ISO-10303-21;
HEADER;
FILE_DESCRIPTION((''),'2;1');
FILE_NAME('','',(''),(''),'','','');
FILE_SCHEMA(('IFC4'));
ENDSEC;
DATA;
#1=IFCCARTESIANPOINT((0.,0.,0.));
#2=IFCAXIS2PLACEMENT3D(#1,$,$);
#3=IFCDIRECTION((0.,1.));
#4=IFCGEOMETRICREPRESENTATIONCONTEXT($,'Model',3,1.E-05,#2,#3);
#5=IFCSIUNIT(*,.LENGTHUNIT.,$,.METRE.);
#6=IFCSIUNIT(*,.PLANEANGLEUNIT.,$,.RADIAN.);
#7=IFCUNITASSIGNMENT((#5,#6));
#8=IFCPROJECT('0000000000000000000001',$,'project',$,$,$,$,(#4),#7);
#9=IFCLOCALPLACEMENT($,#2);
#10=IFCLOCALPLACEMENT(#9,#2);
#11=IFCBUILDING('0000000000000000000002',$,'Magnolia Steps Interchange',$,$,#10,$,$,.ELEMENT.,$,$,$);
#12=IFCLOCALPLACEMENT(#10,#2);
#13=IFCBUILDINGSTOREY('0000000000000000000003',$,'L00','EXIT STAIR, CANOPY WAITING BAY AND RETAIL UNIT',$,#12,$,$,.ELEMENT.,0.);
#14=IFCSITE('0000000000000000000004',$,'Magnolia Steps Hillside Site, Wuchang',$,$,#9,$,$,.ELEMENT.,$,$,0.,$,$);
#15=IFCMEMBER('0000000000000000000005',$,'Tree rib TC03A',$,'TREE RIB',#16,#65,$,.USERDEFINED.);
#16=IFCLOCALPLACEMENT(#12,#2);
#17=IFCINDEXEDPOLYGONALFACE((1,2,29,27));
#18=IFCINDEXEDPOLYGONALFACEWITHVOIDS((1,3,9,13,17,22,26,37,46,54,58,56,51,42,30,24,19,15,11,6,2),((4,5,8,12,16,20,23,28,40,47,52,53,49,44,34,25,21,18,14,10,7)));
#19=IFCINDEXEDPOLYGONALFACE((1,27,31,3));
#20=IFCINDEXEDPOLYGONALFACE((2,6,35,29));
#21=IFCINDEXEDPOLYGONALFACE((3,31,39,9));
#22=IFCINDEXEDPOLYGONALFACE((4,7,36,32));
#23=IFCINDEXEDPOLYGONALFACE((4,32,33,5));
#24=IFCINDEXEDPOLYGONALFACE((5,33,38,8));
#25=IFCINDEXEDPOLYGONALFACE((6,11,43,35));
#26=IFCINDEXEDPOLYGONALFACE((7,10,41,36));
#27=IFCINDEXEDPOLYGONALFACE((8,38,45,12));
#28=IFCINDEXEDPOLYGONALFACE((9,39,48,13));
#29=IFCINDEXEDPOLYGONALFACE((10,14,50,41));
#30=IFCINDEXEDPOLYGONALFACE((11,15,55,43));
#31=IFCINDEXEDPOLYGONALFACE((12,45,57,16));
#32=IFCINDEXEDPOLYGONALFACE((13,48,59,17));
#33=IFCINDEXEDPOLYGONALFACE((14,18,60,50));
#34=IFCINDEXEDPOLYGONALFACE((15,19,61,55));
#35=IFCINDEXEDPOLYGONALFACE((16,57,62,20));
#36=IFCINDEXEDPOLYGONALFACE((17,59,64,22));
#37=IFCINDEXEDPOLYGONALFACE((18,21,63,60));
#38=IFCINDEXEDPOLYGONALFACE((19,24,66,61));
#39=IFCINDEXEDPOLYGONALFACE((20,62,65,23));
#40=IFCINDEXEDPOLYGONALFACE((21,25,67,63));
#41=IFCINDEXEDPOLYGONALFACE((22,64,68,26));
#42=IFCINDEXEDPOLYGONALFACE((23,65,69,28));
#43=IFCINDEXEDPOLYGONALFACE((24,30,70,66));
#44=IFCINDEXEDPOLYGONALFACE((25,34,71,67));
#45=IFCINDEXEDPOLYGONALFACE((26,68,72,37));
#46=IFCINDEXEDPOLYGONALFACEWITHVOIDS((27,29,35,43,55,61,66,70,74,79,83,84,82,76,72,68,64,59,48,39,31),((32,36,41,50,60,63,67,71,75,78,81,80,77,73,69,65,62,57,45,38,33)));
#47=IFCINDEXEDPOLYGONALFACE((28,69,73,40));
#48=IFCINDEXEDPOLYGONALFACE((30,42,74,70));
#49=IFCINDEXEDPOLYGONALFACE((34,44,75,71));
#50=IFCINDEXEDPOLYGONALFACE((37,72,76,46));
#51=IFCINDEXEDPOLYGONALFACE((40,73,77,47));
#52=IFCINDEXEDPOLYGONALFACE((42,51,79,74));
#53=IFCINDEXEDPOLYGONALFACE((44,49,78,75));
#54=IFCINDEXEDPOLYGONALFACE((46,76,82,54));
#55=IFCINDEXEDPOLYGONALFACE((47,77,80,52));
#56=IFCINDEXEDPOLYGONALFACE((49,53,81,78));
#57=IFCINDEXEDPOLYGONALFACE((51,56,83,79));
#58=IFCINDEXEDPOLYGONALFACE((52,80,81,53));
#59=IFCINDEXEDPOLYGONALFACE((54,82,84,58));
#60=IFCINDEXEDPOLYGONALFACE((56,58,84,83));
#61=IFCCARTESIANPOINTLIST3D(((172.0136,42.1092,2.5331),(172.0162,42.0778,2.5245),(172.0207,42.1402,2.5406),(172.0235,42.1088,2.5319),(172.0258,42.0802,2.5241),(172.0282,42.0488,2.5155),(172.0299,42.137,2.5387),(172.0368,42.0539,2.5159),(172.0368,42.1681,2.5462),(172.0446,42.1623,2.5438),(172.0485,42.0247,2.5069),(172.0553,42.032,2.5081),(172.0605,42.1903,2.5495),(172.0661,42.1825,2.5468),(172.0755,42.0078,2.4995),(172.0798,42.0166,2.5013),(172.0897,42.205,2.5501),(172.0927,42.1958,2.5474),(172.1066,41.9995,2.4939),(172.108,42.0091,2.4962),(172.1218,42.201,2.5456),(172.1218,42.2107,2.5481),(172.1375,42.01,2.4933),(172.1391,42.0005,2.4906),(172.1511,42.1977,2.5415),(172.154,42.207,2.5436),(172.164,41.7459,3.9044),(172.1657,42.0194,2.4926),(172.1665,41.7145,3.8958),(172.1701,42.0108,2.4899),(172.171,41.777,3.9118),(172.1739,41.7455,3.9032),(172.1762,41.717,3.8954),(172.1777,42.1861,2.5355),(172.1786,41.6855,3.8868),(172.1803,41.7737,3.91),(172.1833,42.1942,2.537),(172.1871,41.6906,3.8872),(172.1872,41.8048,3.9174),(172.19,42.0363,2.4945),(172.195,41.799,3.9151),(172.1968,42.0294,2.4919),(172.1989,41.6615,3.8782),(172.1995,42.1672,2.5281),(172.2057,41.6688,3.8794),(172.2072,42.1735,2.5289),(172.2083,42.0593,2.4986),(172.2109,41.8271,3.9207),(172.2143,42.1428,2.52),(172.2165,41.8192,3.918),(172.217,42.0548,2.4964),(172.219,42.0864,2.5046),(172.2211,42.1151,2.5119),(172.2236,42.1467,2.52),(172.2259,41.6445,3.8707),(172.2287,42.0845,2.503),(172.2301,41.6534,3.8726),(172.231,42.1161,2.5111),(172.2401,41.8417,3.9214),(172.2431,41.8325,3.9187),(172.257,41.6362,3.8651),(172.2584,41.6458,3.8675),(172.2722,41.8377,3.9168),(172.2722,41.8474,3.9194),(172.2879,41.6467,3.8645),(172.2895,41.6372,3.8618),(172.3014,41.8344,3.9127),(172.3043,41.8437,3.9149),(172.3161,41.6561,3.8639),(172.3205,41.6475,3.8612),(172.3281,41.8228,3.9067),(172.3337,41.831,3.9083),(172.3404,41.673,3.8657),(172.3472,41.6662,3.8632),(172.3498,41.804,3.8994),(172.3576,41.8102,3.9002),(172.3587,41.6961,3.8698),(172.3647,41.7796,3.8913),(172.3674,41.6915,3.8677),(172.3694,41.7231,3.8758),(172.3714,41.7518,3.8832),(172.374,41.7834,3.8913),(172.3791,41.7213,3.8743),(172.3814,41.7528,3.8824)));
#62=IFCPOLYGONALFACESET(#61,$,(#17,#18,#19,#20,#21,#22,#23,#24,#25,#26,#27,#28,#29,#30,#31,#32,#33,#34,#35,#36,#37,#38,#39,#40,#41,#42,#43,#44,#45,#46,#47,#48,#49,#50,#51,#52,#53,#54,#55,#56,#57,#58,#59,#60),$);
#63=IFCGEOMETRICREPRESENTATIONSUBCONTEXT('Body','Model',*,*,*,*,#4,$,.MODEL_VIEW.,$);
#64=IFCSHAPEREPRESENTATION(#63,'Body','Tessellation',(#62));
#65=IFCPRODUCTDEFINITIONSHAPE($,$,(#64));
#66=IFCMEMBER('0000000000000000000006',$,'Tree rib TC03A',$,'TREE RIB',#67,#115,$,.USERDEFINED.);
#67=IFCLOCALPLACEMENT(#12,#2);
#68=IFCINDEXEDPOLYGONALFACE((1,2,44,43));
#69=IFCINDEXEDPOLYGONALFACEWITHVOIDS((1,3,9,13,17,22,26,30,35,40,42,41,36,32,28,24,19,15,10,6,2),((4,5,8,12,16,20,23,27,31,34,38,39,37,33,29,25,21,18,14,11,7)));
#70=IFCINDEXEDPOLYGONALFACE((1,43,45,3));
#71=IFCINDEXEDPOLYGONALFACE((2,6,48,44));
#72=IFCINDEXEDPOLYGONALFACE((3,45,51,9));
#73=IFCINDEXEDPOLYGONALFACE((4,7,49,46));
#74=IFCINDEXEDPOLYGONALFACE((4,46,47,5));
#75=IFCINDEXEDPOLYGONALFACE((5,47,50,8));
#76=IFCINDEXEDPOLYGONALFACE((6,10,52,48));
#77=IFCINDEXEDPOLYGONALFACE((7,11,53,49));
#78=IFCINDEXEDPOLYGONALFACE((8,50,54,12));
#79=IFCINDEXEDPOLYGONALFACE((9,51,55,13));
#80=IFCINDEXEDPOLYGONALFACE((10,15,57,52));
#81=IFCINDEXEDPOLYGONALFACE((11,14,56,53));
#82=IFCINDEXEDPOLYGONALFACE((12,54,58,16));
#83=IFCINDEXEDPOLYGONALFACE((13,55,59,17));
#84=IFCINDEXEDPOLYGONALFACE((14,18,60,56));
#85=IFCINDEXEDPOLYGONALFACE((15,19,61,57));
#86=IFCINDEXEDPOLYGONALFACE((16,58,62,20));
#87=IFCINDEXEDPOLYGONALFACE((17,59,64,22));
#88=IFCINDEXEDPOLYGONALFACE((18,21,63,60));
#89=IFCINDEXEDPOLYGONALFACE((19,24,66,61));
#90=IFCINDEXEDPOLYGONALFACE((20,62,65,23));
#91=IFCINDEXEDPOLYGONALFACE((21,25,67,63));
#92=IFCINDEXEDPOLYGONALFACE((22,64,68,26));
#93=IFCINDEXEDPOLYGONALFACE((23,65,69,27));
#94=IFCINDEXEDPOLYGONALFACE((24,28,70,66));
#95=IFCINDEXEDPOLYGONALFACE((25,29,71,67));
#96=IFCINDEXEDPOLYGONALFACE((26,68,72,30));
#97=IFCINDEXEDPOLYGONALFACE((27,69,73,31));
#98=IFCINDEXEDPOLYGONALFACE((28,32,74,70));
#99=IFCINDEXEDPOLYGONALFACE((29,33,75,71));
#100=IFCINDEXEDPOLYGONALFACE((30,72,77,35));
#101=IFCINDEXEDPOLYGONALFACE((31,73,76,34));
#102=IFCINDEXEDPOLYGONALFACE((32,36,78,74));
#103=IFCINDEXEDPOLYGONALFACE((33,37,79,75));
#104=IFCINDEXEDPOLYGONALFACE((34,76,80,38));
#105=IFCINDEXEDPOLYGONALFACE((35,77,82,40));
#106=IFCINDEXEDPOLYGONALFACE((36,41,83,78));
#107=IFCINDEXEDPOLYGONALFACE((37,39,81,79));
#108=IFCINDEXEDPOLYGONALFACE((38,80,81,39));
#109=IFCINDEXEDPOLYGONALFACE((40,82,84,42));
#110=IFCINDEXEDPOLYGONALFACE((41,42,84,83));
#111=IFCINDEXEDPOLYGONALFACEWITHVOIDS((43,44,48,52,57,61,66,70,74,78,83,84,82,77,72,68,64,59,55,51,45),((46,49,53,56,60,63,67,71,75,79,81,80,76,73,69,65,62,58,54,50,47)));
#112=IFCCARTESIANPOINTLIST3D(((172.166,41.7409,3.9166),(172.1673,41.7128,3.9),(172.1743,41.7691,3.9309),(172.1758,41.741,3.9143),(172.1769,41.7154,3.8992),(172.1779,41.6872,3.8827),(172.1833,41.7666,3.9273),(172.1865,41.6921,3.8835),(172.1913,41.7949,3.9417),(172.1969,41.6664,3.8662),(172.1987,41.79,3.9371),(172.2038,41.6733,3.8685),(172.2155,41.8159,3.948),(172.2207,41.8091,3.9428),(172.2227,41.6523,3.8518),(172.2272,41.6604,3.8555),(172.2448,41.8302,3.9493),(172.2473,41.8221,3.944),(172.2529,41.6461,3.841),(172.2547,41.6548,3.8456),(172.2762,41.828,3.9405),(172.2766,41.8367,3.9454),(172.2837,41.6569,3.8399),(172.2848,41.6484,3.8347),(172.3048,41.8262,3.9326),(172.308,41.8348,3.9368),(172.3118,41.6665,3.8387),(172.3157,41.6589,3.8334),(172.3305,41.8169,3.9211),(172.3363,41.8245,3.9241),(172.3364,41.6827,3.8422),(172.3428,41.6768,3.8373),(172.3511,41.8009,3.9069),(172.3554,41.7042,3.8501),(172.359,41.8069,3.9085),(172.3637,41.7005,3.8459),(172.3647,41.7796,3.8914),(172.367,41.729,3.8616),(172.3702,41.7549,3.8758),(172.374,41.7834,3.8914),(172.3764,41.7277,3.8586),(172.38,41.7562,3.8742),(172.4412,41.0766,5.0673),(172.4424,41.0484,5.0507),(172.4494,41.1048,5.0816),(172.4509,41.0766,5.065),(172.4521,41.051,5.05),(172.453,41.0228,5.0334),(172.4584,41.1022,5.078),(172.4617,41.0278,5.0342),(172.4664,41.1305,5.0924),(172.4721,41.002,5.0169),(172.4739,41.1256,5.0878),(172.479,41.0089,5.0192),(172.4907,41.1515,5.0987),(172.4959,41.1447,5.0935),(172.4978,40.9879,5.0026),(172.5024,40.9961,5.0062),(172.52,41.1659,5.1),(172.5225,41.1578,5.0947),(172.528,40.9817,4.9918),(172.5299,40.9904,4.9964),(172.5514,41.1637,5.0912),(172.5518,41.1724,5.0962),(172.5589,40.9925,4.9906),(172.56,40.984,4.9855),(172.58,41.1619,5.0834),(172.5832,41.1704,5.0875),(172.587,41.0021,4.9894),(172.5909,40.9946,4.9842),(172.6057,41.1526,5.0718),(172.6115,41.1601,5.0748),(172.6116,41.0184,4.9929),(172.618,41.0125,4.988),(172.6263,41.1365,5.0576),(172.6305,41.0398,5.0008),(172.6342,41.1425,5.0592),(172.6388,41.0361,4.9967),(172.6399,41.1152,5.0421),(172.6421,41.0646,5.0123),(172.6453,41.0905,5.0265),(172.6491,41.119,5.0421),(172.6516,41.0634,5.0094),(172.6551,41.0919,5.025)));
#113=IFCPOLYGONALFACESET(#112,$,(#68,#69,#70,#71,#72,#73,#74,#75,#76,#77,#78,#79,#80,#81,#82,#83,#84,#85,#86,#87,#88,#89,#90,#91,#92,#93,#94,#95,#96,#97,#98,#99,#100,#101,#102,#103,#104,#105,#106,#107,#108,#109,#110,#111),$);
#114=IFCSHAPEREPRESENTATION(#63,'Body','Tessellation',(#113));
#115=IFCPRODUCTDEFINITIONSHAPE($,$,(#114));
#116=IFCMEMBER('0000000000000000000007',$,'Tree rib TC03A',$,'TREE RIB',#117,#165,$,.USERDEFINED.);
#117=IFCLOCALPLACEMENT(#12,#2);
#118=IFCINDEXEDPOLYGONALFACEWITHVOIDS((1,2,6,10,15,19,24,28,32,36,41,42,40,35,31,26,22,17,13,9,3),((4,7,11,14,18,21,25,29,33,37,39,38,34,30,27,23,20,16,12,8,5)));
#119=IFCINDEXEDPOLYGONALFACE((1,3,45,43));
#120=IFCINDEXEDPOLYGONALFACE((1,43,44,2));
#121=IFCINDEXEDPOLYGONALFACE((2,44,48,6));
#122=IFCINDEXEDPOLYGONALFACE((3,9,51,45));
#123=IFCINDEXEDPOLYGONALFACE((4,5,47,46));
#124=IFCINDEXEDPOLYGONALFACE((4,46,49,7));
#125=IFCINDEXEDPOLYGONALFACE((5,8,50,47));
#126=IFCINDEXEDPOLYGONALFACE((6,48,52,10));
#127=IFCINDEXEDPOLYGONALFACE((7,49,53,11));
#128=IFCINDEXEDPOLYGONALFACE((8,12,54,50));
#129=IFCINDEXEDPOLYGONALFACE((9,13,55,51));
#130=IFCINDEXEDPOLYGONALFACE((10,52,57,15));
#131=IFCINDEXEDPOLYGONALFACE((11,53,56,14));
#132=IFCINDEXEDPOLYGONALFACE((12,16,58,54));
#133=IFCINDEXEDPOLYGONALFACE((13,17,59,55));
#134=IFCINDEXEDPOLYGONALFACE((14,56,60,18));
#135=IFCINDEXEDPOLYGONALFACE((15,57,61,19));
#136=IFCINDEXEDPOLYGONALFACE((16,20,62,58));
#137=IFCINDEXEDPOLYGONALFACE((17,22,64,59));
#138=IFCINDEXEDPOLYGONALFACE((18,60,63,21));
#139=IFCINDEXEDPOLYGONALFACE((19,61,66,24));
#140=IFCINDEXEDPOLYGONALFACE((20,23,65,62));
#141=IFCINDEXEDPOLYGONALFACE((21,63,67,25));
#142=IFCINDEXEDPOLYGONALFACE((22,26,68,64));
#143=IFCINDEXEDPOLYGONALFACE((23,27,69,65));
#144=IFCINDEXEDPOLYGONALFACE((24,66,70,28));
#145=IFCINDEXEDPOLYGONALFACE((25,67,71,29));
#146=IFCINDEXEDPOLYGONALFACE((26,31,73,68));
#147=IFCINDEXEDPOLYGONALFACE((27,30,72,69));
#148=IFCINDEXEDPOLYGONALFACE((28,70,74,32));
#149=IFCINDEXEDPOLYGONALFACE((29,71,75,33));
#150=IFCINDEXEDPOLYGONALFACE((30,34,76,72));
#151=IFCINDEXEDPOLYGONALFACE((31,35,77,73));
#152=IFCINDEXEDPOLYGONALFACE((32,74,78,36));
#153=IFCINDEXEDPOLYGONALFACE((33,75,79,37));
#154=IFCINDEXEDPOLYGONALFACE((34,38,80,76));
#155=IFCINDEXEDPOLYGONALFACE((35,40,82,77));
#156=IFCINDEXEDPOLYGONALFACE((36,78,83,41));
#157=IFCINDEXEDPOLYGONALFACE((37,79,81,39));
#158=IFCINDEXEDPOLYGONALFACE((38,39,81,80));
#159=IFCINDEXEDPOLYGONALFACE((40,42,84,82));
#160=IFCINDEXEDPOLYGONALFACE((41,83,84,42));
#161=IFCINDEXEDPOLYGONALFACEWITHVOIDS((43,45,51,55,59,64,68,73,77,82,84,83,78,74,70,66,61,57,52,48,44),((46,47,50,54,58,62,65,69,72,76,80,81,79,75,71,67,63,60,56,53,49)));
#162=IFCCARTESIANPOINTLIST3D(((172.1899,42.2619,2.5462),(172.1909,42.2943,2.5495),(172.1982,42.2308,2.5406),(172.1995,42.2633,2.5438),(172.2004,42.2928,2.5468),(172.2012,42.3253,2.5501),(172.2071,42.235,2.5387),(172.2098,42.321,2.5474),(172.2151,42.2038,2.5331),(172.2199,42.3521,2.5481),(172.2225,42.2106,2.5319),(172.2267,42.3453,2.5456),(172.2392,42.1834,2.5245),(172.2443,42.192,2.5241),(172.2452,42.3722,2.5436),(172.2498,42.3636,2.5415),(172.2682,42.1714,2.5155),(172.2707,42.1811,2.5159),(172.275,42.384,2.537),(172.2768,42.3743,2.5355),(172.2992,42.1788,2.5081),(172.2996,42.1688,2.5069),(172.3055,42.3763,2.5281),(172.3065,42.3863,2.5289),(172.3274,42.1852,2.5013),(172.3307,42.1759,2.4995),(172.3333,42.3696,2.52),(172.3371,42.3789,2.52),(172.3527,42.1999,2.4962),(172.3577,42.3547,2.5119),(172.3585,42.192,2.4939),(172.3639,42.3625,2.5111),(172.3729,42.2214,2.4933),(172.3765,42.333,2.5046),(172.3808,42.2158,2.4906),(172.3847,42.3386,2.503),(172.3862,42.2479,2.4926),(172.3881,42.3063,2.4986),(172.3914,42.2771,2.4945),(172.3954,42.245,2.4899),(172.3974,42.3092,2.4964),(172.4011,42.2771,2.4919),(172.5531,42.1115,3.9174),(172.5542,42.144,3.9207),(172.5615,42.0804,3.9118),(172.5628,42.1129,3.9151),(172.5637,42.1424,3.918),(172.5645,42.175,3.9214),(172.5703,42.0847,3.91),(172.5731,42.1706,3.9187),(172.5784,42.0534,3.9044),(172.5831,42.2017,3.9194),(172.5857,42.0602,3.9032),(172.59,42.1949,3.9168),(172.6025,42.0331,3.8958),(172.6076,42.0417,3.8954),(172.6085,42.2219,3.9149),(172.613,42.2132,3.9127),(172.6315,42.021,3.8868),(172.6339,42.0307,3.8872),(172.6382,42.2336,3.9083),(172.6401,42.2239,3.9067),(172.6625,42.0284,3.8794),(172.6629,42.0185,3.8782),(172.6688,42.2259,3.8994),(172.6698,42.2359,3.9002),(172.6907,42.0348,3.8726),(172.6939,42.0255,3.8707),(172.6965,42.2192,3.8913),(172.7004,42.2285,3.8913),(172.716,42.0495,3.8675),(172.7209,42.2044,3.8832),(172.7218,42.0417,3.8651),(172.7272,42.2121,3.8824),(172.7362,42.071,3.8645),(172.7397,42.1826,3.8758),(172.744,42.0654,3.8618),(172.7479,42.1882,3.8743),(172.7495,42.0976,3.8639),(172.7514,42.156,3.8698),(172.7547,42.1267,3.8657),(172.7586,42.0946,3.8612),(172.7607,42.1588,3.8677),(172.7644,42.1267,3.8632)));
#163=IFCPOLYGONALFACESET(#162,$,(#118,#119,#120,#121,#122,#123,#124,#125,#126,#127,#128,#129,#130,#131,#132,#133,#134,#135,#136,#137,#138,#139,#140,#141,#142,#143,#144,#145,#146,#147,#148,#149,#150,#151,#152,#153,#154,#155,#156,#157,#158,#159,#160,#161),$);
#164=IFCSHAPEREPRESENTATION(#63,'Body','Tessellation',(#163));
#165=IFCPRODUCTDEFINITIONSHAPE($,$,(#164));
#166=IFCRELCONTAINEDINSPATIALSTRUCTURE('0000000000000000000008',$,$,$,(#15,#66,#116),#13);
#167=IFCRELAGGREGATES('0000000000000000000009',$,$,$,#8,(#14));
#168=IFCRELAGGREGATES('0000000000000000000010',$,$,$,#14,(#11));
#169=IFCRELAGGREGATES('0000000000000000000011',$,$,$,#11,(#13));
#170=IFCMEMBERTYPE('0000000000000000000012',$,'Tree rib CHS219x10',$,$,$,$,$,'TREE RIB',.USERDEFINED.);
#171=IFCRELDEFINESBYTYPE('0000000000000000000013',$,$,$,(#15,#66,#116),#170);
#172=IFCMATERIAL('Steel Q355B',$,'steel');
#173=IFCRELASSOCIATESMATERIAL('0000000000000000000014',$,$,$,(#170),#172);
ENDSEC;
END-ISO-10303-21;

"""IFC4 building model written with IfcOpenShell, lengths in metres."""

from ifc_helpers import new_model, si_unit, direction, frame, origin, origin_2d, place, context, subcontext, project, spatial, hollow_circle, extrude, material, material_profile, profile_set, type_object, element, save


model = new_model("IFC4")

# Units and contexts
model_context = context("Model", 3, precision=1e-05, world=origin(), true_north=direction((0.0, 1.0)))
body_context = subcontext(model_context, "Body", "Model", "MODEL_VIEW")
ifc_project = project(units=[si_unit("LENGTHUNIT", "METRE"), si_unit("PLANEANGLEUNIT", "RADIAN")], contexts=[model_context])

# Site, building, storey
site_placement = place(None, origin())
site = spatial("IfcSite", under=ifc_project, at=site_placement, Name="Magnolia Steps Hillside Site, Wuchang", CompositionType="ELEMENT", RefElevation=0.0)
building_placement = place(site_placement, origin())
building = spatial("IfcBuilding", under=site, at=building_placement, Name="Magnolia Steps Interchange", CompositionType="ELEMENT")
storey_placement = place(building_placement, origin())
storey = spatial("IfcBuildingStorey", under=building, at=storey_placement, Name="L00", Description="EXIT STAIR, CANOPY WAITING BAY AND RETAIL UNIT", CompositionType="ELEMENT", Elevation=0.0)

# Members
ifc_material_1 = material(Name="Steel Q355B", Category="steel")
ifc_material_profile_1 = material_profile(ifc_material_1, hollow_circle(Radius=0.1096, WallThickness=0.01, at=origin_2d()), Name="CHS219x10")
ifc_profile_set_1 = profile_set([ifc_material_profile_1], Name="Steel Q355B")
member_type = type_object("IfcMemberType", Name="Tree rib CHS219x10", ElementType="TREE RIB", PredefinedType="USERDEFINED", material=ifc_profile_set_1)
for number, where, z_axis, x_axis, name in (
    (1, (172.1223, 42.1047, 2.52), (0.10542, -0.25465, 0.96127), (0.923956, 0.382498, 0.0), "Tree rib TC03A"),
):
    element("IfcMember", number, at=place(storey_placement, frame(where, z_axis=z_axis, x_axis=x_axis)), inside=storey, type_object=member_type, Name=name, ObjectType="TREE RIB", PredefinedType="USERDEFINED", context=body_context, shape_type="SweptSolid", body=[
        extrude(hollow_circle(Radius=0.1096, WallThickness=0.01, at=origin_2d()), origin(), (0.0, 0.0, 1.0), 1.4265),
    ])
member_1_placement = place(storey_placement, frame((172.2727, 41.7415, 3.8914), z_axis=(0.202787, -0.489604, 0.848036), x_axis=(0.923889, 0.382662, 0.0)))
element("IfcMember", 2, at=member_1_placement, inside=storey, type_object=member_type, Name="Tree rib TC03A", ObjectType="TREE RIB", PredefinedType="USERDEFINED", context=body_context, shape_type="SweptSolid", body=[
    extrude(hollow_circle(Radius=0.1096, WallThickness=0.01, at=origin_2d()), origin(), (0.0, 0.0, 1.0), 1.3569),
])
member_2_placement = place(storey_placement, frame((172.2952, 42.2776, 2.52), z_axis=(0.25465, -0.10542, 0.96127), x_axis=(0.382498, 0.923956, 0.0)))
element("IfcMember", 3, at=member_2_placement, inside=storey, type_object=member_type, Name="Tree rib TC03A", ObjectType="TREE RIB", PredefinedType="USERDEFINED", context=body_context, shape_type="SweptSolid", body=[
    extrude(hollow_circle(Radius=0.1096, WallThickness=0.01, at=origin_2d()), origin(), (0.0, 0.0, 1.0), 1.4265),
])

save(model, "model.ifc")
